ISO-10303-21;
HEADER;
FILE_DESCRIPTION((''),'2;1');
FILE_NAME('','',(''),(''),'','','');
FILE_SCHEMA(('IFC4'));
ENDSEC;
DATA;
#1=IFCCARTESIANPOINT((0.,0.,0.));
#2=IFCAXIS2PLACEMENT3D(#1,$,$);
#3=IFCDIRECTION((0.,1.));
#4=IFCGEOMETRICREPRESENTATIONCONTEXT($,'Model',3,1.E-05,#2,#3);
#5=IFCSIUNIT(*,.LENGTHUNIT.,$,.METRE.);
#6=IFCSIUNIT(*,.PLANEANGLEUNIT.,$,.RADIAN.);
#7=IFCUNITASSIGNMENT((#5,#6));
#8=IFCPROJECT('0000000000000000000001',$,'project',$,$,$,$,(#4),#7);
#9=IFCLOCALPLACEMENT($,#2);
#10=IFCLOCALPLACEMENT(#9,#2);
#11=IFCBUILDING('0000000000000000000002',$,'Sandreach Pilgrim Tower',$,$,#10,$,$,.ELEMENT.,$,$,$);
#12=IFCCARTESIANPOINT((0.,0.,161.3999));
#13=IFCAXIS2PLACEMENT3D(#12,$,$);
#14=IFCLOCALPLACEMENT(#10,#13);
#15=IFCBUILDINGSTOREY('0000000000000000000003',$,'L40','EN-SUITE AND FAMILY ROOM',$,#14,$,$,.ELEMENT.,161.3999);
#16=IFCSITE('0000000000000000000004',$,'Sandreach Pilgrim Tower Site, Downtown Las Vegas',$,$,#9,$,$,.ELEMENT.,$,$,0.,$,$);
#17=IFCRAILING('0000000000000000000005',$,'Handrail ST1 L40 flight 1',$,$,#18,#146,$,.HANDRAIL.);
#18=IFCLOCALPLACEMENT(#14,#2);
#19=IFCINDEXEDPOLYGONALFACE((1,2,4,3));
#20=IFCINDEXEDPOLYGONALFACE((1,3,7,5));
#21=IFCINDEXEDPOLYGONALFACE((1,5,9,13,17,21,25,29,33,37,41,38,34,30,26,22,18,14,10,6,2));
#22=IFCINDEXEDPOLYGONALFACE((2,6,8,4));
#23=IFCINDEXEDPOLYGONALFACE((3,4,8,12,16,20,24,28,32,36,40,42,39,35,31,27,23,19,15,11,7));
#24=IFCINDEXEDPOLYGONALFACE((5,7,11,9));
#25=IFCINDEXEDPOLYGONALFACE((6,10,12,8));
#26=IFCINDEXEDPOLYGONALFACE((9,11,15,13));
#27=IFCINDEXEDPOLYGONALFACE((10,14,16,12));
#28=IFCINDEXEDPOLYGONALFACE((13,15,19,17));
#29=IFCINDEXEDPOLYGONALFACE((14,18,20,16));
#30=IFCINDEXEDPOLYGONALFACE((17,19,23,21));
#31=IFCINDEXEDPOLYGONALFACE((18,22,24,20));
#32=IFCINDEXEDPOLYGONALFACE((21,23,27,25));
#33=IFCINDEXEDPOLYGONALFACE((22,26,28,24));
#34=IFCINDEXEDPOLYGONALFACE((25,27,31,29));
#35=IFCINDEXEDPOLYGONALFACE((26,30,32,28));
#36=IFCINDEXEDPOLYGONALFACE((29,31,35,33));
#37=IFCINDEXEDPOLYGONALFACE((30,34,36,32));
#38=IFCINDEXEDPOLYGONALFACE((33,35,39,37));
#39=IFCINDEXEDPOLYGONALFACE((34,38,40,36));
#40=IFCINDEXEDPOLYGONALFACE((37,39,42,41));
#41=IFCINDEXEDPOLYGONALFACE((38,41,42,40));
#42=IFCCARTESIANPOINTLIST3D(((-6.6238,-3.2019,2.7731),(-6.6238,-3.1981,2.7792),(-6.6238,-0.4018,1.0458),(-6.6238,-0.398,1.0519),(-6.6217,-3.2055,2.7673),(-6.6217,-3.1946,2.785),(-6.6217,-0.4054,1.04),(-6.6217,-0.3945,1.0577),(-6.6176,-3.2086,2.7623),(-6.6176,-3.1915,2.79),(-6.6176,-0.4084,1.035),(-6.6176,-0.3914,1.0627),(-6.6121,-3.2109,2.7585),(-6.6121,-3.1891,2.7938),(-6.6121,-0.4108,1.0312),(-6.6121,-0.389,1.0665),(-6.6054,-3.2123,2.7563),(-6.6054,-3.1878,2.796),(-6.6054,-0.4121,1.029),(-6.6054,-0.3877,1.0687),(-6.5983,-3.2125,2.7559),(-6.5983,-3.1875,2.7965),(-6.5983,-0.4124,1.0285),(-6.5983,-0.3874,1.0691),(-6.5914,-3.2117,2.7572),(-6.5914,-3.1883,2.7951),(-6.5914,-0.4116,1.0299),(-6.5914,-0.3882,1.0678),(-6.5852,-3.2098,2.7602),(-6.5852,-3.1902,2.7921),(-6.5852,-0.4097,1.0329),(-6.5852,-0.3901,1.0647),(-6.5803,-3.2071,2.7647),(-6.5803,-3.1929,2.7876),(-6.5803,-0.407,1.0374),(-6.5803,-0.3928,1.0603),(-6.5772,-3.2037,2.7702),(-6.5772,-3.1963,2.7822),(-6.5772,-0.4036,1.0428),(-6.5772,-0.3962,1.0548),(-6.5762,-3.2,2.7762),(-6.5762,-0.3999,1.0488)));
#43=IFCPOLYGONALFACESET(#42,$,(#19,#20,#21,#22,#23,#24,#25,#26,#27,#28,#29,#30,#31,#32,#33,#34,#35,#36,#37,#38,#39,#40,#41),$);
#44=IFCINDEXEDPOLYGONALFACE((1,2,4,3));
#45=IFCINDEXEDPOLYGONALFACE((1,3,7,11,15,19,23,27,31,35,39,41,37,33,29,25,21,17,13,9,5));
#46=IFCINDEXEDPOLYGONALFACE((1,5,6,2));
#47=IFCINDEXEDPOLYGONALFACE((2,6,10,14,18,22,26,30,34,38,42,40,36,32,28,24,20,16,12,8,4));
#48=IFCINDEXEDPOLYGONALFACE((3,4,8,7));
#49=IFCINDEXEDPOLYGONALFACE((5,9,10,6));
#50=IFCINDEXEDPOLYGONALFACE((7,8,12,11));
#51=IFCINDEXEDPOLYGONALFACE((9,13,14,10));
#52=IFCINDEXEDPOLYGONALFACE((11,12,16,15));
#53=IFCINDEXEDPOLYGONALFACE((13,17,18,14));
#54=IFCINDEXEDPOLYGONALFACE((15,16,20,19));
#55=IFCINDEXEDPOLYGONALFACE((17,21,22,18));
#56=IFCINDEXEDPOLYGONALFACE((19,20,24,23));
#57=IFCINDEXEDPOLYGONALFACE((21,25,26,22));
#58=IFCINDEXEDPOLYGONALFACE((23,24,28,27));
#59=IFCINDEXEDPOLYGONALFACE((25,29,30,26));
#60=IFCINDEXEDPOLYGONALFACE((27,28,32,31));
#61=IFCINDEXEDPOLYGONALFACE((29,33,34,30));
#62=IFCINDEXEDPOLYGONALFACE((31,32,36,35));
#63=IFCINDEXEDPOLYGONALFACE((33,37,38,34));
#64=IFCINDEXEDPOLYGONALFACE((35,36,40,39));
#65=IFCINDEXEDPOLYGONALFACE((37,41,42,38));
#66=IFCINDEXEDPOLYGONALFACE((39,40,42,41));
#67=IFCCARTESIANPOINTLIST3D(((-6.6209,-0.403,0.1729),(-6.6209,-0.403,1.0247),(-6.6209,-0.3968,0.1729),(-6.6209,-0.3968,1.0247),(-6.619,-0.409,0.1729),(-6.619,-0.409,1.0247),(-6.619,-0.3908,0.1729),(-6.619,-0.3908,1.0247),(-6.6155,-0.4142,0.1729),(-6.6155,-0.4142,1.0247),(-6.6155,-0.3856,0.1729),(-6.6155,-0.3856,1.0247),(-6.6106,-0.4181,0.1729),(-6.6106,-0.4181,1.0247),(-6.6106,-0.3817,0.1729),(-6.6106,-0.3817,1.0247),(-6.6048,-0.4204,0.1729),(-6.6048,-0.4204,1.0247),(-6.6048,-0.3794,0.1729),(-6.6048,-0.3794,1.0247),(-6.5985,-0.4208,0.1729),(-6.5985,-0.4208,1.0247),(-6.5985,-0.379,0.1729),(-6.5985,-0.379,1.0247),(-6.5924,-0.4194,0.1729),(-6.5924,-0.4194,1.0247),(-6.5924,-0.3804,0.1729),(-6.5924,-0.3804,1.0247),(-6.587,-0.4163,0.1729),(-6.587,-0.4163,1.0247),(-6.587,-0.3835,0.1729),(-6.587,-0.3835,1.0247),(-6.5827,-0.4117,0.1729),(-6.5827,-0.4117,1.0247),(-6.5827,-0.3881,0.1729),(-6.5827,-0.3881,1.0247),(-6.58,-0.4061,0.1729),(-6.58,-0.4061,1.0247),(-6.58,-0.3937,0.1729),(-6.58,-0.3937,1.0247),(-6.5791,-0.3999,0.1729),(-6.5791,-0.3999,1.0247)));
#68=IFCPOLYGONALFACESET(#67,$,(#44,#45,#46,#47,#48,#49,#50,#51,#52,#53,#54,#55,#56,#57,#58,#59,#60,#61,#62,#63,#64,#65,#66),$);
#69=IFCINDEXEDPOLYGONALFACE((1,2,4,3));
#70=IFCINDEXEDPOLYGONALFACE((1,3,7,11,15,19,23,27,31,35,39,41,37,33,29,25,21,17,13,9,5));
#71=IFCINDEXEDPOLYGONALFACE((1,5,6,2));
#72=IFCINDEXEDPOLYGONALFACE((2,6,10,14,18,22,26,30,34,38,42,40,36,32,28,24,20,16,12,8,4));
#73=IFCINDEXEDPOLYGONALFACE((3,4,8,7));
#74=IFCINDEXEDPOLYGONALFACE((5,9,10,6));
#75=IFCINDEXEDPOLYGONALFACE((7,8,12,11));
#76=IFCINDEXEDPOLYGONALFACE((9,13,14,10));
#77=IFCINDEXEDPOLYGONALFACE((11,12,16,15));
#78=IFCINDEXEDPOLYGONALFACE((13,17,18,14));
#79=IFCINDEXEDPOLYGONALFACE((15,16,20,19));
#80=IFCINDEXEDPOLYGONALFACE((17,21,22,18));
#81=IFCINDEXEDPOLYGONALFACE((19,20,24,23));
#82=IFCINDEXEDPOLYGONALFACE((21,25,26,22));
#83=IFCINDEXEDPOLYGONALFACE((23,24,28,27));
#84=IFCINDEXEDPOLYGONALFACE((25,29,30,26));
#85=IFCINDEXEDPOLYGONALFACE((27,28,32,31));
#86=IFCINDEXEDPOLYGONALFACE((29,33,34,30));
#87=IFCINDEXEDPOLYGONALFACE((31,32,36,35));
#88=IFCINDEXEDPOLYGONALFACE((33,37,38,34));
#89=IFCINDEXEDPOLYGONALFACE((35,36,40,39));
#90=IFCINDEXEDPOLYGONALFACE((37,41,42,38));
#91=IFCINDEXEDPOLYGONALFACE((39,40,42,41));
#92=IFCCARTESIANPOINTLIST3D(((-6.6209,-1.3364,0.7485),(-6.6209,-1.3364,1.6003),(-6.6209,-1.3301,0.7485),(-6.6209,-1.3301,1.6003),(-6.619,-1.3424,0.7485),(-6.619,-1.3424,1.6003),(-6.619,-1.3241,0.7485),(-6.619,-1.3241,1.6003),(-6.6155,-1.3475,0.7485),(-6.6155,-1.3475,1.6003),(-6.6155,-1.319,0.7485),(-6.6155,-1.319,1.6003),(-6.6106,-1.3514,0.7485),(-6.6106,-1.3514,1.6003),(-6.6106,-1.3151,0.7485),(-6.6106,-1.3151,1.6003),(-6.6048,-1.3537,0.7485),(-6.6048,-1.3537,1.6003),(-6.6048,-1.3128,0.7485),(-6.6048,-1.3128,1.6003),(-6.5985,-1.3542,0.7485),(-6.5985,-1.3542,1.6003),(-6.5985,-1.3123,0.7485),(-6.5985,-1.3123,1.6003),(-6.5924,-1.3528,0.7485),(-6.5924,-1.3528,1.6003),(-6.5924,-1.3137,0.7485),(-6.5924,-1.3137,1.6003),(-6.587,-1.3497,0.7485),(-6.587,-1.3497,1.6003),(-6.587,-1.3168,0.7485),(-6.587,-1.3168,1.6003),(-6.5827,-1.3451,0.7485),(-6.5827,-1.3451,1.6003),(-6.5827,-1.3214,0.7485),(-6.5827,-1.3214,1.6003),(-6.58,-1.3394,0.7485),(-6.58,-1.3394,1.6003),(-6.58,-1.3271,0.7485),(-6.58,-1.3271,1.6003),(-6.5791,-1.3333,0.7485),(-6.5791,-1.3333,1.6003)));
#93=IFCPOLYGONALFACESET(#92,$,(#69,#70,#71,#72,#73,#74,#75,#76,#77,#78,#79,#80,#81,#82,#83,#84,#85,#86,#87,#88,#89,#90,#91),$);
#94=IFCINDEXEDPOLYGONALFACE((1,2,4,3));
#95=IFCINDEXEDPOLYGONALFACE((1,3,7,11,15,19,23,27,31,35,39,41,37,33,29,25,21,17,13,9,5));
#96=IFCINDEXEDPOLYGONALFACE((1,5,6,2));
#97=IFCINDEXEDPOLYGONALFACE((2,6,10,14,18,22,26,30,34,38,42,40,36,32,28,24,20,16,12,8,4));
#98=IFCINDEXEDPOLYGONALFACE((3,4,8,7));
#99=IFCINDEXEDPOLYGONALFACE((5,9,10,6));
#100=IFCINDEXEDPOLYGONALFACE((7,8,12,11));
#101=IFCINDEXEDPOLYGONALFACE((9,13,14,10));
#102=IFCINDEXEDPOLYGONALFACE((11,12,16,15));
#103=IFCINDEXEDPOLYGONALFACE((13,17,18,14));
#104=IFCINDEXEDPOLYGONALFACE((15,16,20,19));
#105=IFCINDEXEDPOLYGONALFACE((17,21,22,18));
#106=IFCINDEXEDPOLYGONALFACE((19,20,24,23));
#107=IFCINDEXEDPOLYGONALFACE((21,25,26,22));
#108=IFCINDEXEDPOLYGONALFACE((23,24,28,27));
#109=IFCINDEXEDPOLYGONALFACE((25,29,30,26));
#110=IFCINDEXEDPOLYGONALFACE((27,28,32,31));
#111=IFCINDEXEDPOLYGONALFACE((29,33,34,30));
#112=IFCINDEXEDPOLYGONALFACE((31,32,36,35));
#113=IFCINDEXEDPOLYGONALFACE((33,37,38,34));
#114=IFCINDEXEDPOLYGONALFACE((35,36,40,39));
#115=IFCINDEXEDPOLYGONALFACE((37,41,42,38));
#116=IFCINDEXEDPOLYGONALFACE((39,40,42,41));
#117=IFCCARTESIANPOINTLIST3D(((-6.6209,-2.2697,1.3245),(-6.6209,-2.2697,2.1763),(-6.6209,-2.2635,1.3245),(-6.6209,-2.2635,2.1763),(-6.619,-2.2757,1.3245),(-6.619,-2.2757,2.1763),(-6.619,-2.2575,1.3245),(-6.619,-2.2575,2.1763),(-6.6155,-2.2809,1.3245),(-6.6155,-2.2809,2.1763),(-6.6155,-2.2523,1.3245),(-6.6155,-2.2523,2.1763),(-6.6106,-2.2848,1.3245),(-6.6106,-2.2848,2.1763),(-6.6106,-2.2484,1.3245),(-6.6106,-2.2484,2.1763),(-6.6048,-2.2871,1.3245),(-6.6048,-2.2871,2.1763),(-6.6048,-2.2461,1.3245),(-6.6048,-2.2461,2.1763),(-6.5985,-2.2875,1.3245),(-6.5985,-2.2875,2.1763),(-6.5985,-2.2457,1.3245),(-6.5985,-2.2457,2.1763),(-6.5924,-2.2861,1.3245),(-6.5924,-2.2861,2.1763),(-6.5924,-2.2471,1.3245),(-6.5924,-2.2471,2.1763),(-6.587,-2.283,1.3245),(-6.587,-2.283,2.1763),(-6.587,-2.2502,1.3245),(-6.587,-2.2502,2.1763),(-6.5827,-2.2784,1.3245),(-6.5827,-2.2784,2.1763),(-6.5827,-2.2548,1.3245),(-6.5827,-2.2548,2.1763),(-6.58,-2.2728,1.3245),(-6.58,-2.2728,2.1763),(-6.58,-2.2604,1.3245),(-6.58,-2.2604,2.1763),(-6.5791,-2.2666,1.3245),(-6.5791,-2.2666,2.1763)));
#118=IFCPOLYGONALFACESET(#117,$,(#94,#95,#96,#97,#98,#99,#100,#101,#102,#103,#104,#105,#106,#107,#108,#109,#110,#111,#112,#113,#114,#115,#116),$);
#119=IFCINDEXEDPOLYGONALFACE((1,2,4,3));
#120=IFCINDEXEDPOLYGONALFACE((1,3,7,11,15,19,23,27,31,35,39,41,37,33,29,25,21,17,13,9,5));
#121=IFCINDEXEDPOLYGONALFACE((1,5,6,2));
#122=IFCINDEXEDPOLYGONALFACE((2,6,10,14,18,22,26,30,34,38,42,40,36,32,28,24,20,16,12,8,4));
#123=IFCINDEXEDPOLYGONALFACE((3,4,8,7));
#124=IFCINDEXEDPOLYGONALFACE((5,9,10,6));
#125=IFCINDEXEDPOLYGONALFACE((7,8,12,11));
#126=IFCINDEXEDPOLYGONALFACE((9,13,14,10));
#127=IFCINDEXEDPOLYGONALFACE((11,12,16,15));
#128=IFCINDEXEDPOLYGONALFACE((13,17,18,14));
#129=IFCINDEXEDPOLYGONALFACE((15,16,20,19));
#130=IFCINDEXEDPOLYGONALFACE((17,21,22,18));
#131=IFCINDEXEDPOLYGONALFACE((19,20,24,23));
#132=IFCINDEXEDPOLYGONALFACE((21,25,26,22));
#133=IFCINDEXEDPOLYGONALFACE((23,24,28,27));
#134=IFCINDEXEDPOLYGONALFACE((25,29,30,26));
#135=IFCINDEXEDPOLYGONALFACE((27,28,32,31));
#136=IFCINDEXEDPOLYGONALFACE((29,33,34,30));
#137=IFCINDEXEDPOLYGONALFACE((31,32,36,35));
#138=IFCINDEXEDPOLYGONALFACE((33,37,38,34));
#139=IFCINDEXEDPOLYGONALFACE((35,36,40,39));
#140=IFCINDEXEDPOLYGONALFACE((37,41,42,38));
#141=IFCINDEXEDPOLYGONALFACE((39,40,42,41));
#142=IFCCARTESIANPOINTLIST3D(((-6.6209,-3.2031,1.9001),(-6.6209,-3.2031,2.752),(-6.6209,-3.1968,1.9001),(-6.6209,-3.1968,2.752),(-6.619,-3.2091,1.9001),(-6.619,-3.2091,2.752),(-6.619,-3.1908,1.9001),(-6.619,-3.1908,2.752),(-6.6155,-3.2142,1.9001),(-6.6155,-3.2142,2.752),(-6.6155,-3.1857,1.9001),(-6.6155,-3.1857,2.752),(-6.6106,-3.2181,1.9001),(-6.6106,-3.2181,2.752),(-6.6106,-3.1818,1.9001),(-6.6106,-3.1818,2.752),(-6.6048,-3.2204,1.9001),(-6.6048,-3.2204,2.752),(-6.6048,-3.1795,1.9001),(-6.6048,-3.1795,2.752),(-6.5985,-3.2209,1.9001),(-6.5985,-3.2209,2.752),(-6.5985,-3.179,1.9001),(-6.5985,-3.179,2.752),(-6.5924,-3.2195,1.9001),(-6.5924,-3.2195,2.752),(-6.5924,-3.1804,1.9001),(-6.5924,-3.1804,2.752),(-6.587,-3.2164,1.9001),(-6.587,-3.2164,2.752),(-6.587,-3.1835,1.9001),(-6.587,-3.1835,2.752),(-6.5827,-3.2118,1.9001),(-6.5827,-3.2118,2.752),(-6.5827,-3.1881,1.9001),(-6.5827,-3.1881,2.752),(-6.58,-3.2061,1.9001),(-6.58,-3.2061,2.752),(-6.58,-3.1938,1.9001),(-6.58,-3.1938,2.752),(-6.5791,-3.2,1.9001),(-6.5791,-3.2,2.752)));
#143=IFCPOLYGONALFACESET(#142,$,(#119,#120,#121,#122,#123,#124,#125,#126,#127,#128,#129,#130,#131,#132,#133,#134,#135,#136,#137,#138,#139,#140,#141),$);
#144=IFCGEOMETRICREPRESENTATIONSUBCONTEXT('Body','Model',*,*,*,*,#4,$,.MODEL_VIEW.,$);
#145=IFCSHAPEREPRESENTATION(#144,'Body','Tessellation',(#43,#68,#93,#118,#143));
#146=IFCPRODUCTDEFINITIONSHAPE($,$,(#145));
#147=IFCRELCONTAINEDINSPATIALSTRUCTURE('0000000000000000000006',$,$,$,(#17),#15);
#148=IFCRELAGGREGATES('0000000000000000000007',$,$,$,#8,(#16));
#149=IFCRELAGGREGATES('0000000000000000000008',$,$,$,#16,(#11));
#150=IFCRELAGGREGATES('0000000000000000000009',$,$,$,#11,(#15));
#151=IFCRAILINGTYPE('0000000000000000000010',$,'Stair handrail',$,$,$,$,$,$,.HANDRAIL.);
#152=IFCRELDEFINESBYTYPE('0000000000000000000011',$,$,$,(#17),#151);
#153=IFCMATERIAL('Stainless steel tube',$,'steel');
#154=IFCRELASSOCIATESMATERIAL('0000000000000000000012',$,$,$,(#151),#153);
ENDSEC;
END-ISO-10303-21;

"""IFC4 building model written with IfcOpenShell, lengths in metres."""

from ifc_helpers import new_model, si_unit, direction, frame, origin, origin_2d, place, context, subcontext, project, spatial, circle, extrude, material, type_object, element, save


model = new_model("IFC4")

# Units and contexts
model_context = context("Model", 3, precision=1e-05, world=origin(), true_north=direction((0.0, 1.0)))
body_context = subcontext(model_context, "Body", "Model", "MODEL_VIEW")
ifc_project = project(units=[si_unit("LENGTHUNIT", "METRE"), si_unit("PLANEANGLEUNIT", "RADIAN")], contexts=[model_context])

# Site, building, storey
site_placement = place(None, origin())
site = spatial("IfcSite", under=ifc_project, at=site_placement, Name="Sandreach Pilgrim Tower Site, Downtown Las Vegas", CompositionType="ELEMENT", RefElevation=0.0)
building_placement = place(site_placement, origin())
building = spatial("IfcBuilding", under=site, at=building_placement, Name="Sandreach Pilgrim Tower", CompositionType="ELEMENT")
storey_placement = place(building_placement, frame((0.0, 0.0, 161.3999)))
storey = spatial("IfcBuildingStorey", under=building, at=storey_placement, Name="L40", Description="EN-SUITE AND FAMILY ROOM", CompositionType="ELEMENT", Elevation=161.3999)

# Railing
ifc_material_1 = material(Name="Stainless steel tube", Category="steel")
railing_type = type_object("IfcRailingType", Name="Stair handrail", PredefinedType="HANDRAIL", material=ifc_material_1)
railing_placement = place(storey_placement, frame((-6.6001, -0.3999, 0.1729)))
element("IfcRailing", 1, at=railing_placement, inside=storey, type_object=railing_type, Name="Handrail ST1 L40 flight 1", PredefinedType="HANDRAIL", context=body_context, shape_type="SweptSolid", body=[
    extrude(circle(Radius=0.0239, at=origin_2d()), frame((0.0, 0.0, 0.876), z_axis=(0.0, -0.85109, 0.52502), x_axis=(1.0, 0.0, 0.0)), (0.0, 0.0, 1.0), 3.29),
    extrude(circle(Radius=0.021, at=origin_2d()), origin(), (0.0, 0.0, 1.0), 0.8518),
    extrude(circle(Radius=0.021, at=origin_2d()), frame((0.0, -0.9333, 0.5757)), (0.0, 0.0, 1.0), 0.8518),
    extrude(circle(Radius=0.021, at=origin_2d()), frame((0.0, -1.8667, 1.1516)), (0.0, 0.0, 1.0), 0.8518),
    extrude(circle(Radius=0.021, at=origin_2d()), frame((0.0, -2.8, 1.7273)), (0.0, 0.0, 1.0), 0.8518),
])

save(model, "model.ifc")
